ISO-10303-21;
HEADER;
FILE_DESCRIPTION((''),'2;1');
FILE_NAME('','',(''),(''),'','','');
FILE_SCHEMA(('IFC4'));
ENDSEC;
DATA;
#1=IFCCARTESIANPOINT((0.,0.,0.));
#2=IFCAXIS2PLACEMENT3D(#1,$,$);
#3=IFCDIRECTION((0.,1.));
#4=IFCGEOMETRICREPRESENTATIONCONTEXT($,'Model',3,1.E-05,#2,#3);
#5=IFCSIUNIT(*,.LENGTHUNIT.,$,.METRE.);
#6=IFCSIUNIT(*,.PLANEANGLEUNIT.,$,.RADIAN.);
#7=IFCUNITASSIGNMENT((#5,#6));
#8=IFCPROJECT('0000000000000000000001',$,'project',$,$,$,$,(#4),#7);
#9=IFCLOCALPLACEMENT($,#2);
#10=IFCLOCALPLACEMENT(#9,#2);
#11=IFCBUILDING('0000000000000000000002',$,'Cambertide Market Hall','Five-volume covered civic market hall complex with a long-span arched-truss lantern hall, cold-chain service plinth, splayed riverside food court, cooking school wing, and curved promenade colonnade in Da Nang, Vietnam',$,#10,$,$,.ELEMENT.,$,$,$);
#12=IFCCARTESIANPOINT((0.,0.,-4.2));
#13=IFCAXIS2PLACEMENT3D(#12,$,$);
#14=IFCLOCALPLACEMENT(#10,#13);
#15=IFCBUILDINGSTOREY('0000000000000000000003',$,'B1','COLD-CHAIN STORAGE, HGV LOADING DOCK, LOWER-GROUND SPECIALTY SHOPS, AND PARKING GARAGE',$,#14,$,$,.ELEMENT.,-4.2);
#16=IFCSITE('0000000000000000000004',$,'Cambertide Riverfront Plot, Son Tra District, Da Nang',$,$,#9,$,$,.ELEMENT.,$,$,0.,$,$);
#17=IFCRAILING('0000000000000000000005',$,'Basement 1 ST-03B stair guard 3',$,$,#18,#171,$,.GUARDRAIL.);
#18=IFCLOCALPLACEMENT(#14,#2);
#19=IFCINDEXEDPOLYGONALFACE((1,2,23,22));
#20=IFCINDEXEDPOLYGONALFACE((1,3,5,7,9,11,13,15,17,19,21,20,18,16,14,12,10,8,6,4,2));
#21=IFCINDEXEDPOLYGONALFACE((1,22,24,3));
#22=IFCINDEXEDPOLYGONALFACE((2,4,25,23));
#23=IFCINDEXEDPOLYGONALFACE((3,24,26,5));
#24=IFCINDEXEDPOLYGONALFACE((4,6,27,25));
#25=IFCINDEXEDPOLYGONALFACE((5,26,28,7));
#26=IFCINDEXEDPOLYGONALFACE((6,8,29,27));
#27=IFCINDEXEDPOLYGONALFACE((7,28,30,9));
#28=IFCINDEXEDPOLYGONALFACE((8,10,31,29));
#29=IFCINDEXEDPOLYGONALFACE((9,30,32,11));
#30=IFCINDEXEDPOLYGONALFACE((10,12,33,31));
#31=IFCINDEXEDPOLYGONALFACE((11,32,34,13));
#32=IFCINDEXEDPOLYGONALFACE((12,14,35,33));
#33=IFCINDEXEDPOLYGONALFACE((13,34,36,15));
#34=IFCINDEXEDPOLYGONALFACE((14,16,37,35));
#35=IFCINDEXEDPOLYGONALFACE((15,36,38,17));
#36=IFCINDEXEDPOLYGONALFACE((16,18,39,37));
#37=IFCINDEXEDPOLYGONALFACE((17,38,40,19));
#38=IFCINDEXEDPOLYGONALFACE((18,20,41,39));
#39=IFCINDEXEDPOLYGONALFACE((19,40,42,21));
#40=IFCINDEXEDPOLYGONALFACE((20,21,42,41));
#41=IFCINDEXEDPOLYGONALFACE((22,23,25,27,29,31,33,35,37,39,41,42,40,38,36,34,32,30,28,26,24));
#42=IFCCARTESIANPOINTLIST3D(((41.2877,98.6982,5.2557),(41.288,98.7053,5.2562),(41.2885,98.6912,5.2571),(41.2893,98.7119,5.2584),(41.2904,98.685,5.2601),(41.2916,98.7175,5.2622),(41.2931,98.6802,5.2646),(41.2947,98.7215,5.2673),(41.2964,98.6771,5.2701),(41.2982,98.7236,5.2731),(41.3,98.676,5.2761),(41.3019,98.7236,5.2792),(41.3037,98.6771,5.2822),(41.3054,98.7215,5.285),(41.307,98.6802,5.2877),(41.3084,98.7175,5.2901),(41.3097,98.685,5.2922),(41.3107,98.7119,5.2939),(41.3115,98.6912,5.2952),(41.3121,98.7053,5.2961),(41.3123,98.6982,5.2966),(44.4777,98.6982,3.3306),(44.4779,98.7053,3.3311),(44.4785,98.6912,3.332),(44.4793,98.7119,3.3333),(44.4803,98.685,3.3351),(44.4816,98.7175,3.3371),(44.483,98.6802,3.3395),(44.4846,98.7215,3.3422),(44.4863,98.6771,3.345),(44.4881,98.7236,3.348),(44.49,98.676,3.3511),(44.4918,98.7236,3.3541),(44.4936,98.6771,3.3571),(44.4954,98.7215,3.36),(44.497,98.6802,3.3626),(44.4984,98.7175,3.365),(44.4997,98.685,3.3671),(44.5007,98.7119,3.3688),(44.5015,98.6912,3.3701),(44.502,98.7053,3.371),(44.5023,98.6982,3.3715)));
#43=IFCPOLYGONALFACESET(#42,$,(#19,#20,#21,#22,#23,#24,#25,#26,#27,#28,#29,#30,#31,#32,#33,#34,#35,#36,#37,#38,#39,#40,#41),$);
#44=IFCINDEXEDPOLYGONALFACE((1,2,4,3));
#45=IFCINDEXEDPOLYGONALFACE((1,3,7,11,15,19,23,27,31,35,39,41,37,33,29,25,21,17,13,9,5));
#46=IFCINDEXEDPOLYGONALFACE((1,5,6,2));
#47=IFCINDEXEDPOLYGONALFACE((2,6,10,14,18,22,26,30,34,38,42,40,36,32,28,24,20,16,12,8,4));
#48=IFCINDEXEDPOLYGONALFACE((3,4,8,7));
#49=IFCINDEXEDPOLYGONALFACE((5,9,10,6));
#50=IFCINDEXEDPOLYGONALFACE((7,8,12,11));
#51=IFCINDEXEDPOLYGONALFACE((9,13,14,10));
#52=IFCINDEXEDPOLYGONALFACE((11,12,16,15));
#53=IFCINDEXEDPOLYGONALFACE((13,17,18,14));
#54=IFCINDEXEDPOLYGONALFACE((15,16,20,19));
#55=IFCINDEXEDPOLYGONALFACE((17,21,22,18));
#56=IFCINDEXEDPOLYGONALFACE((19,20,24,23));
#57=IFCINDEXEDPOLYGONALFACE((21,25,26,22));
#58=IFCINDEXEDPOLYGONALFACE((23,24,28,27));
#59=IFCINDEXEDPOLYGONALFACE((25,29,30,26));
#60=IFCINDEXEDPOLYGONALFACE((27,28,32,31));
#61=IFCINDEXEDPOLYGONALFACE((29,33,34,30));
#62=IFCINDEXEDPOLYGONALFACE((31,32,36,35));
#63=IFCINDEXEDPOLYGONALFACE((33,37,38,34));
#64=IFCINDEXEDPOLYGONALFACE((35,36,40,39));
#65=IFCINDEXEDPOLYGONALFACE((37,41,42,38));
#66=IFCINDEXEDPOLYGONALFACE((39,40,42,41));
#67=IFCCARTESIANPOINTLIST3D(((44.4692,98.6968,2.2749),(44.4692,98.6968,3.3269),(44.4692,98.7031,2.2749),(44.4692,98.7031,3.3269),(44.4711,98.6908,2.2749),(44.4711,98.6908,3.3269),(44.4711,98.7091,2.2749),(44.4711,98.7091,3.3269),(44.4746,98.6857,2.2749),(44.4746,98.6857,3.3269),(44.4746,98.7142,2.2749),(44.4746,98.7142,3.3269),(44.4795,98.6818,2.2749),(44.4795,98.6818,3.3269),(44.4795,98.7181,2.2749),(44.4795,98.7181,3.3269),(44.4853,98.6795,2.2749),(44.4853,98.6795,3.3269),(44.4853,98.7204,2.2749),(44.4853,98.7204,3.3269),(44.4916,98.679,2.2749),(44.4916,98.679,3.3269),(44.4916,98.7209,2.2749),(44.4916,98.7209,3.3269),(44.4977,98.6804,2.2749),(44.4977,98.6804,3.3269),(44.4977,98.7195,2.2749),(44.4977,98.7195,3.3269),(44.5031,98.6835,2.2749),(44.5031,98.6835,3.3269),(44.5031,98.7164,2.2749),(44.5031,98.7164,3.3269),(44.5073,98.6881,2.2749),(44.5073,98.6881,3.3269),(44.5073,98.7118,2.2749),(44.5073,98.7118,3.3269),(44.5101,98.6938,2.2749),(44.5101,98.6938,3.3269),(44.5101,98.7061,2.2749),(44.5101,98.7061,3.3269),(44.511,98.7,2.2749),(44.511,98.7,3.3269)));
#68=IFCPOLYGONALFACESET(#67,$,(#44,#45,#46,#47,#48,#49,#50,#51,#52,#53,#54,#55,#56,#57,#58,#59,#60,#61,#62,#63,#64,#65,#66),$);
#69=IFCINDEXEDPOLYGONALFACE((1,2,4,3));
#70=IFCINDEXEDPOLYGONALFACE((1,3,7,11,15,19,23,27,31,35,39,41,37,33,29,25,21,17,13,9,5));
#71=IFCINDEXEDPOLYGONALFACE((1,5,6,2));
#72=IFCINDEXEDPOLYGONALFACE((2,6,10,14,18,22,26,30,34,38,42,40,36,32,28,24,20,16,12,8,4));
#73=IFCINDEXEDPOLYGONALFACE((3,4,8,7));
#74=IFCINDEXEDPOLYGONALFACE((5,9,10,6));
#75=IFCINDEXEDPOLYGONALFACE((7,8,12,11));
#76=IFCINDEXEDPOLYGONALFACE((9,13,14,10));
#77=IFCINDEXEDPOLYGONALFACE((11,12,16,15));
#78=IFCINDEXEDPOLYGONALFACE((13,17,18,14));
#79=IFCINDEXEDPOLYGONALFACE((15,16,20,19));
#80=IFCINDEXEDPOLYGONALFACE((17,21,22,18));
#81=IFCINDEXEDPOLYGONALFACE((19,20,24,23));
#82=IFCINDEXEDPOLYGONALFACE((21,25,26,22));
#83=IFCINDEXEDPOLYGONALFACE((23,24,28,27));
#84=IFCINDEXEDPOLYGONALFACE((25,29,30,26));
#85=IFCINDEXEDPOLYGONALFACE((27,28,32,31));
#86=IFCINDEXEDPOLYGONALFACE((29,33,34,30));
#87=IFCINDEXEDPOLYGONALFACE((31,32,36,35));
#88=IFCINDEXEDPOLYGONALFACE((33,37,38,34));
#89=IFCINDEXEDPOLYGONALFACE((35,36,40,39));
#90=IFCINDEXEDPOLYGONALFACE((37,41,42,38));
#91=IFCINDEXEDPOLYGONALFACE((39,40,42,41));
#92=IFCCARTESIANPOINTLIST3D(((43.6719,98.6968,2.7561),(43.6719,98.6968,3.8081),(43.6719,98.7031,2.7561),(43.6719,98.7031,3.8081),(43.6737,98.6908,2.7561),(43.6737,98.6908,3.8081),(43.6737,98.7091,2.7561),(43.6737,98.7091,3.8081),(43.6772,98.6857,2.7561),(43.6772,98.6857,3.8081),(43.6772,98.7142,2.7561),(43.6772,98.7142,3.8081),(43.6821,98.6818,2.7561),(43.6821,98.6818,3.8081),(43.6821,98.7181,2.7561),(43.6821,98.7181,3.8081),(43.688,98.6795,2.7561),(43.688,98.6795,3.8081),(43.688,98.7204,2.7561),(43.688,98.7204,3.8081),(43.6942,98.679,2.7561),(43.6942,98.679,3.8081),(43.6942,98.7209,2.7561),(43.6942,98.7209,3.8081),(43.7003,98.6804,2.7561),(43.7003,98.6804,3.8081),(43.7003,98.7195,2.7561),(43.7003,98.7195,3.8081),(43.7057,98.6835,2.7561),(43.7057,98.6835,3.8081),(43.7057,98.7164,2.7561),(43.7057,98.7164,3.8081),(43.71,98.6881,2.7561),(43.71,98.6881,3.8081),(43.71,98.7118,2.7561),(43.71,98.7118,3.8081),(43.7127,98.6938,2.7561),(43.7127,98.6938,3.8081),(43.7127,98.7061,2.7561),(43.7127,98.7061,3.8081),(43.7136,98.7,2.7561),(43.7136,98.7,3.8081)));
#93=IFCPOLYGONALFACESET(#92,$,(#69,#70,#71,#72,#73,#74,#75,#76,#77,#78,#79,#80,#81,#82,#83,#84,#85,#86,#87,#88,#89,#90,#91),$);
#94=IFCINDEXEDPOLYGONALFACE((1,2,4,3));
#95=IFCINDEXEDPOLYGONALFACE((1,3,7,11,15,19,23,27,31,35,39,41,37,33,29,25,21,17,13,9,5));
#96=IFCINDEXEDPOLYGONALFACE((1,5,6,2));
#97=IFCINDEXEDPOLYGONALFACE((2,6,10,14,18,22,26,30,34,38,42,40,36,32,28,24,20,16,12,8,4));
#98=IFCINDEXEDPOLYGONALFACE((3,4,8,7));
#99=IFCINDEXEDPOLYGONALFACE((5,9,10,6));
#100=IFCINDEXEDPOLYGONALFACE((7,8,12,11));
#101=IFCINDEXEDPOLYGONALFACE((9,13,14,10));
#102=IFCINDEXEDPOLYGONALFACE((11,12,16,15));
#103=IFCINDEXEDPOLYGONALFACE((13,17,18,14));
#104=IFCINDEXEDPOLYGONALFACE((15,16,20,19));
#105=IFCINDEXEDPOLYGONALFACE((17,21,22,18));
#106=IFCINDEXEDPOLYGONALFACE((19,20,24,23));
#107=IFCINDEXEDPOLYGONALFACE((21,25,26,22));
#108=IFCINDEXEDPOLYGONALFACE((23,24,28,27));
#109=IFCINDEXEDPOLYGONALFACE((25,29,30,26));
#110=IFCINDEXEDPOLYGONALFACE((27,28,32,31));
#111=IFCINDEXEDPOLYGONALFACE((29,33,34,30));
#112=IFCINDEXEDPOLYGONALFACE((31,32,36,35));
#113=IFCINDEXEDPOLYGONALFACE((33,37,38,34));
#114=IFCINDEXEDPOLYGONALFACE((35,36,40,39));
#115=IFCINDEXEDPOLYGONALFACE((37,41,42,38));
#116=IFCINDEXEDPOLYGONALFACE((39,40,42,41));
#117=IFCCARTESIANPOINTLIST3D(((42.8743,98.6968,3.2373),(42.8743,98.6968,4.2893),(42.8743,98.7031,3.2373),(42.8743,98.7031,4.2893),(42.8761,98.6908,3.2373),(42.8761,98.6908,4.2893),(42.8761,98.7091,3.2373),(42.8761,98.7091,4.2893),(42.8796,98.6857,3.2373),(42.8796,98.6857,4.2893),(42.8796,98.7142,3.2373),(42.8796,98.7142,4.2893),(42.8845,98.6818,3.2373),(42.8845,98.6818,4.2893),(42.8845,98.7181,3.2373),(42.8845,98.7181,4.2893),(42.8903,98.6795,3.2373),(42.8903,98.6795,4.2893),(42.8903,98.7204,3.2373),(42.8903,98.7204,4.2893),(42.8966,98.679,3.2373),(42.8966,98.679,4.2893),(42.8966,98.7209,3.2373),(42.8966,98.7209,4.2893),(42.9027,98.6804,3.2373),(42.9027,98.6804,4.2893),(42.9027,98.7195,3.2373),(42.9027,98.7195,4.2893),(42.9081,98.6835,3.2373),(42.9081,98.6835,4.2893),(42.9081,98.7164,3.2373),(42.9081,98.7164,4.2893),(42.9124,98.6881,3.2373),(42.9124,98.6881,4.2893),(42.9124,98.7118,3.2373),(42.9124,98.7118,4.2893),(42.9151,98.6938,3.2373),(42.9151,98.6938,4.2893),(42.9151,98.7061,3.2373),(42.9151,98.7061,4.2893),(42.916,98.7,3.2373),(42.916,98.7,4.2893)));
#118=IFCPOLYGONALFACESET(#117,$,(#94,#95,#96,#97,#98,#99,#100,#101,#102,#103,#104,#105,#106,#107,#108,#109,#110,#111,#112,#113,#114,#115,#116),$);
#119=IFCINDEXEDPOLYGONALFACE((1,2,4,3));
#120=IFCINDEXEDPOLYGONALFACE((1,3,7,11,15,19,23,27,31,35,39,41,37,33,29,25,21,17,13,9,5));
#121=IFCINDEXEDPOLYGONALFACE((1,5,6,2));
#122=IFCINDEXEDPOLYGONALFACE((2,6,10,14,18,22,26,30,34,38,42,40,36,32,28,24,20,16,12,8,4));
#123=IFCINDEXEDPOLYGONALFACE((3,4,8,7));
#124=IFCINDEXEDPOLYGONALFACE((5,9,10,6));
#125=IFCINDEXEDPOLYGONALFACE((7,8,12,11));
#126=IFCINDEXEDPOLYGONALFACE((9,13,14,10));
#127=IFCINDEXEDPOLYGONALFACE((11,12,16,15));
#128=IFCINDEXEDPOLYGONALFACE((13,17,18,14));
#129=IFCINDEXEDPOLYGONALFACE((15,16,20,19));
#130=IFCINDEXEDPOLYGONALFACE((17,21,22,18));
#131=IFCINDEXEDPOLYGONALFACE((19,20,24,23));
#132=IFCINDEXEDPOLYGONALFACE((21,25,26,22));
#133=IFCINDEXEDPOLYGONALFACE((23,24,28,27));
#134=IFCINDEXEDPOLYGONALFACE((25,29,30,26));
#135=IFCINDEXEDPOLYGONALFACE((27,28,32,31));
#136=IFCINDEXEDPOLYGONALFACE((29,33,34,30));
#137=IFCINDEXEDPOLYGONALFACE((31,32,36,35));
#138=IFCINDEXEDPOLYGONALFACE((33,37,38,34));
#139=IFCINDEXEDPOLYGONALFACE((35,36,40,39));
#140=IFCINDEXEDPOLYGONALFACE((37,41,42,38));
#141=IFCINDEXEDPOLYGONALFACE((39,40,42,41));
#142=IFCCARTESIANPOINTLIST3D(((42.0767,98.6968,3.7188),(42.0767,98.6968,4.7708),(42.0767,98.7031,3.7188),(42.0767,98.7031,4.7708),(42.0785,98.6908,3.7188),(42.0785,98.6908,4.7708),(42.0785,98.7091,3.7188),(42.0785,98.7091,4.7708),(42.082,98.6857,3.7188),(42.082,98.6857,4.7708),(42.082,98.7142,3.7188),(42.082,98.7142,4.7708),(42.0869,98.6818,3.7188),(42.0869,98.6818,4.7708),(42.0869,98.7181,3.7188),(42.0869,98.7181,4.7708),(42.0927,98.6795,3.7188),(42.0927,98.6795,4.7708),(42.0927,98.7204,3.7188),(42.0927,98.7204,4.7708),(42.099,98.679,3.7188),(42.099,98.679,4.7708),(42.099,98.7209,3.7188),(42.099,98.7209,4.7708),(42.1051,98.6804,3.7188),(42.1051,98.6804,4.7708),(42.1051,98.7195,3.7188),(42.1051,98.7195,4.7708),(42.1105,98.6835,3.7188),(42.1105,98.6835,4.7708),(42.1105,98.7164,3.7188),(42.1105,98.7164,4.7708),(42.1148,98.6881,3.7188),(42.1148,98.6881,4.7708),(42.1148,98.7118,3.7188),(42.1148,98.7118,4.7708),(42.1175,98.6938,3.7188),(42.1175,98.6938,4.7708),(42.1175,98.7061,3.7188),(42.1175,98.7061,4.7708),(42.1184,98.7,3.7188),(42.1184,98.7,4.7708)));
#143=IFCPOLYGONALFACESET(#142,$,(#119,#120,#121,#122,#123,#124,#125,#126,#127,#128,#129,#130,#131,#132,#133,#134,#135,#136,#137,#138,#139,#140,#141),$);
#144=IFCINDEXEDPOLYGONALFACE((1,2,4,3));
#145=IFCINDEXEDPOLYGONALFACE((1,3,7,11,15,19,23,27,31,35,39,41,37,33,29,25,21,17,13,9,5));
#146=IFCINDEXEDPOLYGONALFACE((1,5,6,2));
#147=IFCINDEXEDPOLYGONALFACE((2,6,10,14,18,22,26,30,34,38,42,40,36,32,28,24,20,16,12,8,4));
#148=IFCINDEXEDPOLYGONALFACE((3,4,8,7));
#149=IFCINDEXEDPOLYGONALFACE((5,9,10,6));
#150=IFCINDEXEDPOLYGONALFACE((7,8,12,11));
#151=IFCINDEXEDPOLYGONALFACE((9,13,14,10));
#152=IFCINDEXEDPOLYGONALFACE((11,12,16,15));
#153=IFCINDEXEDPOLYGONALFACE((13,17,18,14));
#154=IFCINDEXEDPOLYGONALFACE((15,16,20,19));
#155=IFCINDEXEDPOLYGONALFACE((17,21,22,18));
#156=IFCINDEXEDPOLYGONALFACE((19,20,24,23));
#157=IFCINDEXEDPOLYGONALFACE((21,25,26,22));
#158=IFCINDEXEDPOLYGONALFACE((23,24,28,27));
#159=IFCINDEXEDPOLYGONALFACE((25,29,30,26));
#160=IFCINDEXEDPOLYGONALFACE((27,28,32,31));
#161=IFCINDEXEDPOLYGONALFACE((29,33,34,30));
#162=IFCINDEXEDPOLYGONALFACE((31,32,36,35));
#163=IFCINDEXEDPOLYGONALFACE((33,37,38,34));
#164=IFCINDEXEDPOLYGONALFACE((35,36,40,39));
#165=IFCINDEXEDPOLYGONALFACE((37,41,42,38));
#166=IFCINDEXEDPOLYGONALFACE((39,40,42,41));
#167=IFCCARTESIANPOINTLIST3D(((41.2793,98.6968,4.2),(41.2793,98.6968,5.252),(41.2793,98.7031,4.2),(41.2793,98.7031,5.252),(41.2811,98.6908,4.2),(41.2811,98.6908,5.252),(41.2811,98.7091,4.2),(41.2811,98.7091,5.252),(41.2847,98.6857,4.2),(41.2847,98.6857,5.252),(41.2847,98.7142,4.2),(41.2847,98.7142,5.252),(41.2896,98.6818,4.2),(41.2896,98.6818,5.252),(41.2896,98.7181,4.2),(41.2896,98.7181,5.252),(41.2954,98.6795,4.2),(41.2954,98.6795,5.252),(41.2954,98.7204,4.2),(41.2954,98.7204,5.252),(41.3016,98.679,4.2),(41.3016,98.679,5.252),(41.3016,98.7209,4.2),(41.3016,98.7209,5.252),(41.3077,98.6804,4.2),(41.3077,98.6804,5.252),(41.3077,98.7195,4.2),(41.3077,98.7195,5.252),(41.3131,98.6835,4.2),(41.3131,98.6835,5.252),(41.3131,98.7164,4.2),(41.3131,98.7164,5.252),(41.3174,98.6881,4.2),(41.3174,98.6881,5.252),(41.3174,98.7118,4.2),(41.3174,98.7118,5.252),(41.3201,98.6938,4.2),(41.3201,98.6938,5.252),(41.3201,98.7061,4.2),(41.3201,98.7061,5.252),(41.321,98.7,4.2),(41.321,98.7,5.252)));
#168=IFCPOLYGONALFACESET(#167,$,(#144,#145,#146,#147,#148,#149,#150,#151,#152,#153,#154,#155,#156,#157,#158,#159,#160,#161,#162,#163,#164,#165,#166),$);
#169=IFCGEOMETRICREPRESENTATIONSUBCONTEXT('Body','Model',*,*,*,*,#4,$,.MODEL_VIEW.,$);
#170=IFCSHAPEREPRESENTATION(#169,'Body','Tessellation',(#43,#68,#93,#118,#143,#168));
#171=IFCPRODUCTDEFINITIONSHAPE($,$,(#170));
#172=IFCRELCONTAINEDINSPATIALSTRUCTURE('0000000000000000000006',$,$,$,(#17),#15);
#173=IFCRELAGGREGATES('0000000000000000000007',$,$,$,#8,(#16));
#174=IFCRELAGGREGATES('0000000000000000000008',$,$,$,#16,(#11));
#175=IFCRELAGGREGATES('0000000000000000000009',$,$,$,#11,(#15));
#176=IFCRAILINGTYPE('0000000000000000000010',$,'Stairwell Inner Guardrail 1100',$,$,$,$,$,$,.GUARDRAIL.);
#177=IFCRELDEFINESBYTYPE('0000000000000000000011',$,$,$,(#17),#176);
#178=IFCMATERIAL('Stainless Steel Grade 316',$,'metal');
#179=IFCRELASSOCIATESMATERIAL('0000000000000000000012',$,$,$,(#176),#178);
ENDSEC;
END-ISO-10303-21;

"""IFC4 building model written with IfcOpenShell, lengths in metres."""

from ifc_helpers import new_model, si_unit, direction, frame, origin, origin_2d, place, context, subcontext, project, spatial, circle, extrude, material, type_object, element, save


model = new_model("IFC4")

# Units and contexts
model_context = context("Model", 3, precision=1e-05, world=origin(), true_north=direction((0.0, 1.0)))
body_context = subcontext(model_context, "Body", "Model", "MODEL_VIEW")
ifc_project = project(units=[si_unit("LENGTHUNIT", "METRE"), si_unit("PLANEANGLEUNIT", "RADIAN")], contexts=[model_context])

# Site, building, storey
site_placement = place(None, origin())
site = spatial("IfcSite", under=ifc_project, at=site_placement, Name="Cambertide Riverfront Plot, Son Tra District, Da Nang", CompositionType="ELEMENT", RefElevation=0.0)
building_placement = place(site_placement, origin())
building = spatial("IfcBuilding", under=site, at=building_placement, Name="Cambertide Market Hall", Description="Five-volume covered civic market hall complex with a long-span arched-truss lantern hall, cold-chain service plinth, splayed riverside food court, cooking school wing, and curved promenade colonnade in Da Nang, Vietnam", CompositionType="ELEMENT")
storey_placement = place(building_placement, frame((0.0, 0.0, -4.2)))
storey = spatial("IfcBuildingStorey", under=building, at=storey_placement, Name="B1", Description="COLD-CHAIN STORAGE, HGV LOADING DOCK, LOWER-GROUND SPECIALTY SHOPS, AND PARKING GARAGE", CompositionType="ELEMENT", Elevation=-4.2)

# Railing
ifc_material_1 = material(Name="Stainless Steel Grade 316", Category="metal")
railing_type_1 = type_object("IfcRailingType", Name="Stairwell Inner Guardrail 1100", PredefinedType="GUARDRAIL", material=ifc_material_1)
railing_1_placement = place(storey_placement, frame((44.49, 98.7, 2.2749)))
element("IfcRailing", 1, at=railing_1_placement, inside=storey, type_object=railing_type_1, Name="Basement 1 ST-03B stair guard 3", PredefinedType="GUARDRAIL", context=body_context, shape_type="SweptSolid", body=[
    extrude(circle(Radius=0.0239, at=origin_2d()), frame((0.0, 0.0, 1.0762), z_axis=(-0.856178, 0.0, 0.516682), x_axis=(0.0, -1.0, 0.0)), (0.0, 0.0, 1.0), 3.7258),
    extrude(circle(Radius=0.021, at=origin_2d()), origin(), (0.0, 0.0, 1.0), 1.052),
    extrude(circle(Radius=0.021, at=origin_2d()), frame((-0.7974, 0.0, 0.4812)), (0.0, 0.0, 1.0), 1.052),
    extrude(circle(Radius=0.021, at=origin_2d()), frame((-1.595, 0.0, 0.9624)), (0.0, 0.0, 1.0), 1.052),
    extrude(circle(Radius=0.021, at=origin_2d()), frame((-2.3926, 0.0, 1.4438)), (0.0, 0.0, 1.0), 1.052),
    extrude(circle(Radius=0.021, at=origin_2d()), frame((-3.1899, 0.0, 1.925)), (0.0, 0.0, 1.0), 1.052),
])

save(model, "model.ifc")
